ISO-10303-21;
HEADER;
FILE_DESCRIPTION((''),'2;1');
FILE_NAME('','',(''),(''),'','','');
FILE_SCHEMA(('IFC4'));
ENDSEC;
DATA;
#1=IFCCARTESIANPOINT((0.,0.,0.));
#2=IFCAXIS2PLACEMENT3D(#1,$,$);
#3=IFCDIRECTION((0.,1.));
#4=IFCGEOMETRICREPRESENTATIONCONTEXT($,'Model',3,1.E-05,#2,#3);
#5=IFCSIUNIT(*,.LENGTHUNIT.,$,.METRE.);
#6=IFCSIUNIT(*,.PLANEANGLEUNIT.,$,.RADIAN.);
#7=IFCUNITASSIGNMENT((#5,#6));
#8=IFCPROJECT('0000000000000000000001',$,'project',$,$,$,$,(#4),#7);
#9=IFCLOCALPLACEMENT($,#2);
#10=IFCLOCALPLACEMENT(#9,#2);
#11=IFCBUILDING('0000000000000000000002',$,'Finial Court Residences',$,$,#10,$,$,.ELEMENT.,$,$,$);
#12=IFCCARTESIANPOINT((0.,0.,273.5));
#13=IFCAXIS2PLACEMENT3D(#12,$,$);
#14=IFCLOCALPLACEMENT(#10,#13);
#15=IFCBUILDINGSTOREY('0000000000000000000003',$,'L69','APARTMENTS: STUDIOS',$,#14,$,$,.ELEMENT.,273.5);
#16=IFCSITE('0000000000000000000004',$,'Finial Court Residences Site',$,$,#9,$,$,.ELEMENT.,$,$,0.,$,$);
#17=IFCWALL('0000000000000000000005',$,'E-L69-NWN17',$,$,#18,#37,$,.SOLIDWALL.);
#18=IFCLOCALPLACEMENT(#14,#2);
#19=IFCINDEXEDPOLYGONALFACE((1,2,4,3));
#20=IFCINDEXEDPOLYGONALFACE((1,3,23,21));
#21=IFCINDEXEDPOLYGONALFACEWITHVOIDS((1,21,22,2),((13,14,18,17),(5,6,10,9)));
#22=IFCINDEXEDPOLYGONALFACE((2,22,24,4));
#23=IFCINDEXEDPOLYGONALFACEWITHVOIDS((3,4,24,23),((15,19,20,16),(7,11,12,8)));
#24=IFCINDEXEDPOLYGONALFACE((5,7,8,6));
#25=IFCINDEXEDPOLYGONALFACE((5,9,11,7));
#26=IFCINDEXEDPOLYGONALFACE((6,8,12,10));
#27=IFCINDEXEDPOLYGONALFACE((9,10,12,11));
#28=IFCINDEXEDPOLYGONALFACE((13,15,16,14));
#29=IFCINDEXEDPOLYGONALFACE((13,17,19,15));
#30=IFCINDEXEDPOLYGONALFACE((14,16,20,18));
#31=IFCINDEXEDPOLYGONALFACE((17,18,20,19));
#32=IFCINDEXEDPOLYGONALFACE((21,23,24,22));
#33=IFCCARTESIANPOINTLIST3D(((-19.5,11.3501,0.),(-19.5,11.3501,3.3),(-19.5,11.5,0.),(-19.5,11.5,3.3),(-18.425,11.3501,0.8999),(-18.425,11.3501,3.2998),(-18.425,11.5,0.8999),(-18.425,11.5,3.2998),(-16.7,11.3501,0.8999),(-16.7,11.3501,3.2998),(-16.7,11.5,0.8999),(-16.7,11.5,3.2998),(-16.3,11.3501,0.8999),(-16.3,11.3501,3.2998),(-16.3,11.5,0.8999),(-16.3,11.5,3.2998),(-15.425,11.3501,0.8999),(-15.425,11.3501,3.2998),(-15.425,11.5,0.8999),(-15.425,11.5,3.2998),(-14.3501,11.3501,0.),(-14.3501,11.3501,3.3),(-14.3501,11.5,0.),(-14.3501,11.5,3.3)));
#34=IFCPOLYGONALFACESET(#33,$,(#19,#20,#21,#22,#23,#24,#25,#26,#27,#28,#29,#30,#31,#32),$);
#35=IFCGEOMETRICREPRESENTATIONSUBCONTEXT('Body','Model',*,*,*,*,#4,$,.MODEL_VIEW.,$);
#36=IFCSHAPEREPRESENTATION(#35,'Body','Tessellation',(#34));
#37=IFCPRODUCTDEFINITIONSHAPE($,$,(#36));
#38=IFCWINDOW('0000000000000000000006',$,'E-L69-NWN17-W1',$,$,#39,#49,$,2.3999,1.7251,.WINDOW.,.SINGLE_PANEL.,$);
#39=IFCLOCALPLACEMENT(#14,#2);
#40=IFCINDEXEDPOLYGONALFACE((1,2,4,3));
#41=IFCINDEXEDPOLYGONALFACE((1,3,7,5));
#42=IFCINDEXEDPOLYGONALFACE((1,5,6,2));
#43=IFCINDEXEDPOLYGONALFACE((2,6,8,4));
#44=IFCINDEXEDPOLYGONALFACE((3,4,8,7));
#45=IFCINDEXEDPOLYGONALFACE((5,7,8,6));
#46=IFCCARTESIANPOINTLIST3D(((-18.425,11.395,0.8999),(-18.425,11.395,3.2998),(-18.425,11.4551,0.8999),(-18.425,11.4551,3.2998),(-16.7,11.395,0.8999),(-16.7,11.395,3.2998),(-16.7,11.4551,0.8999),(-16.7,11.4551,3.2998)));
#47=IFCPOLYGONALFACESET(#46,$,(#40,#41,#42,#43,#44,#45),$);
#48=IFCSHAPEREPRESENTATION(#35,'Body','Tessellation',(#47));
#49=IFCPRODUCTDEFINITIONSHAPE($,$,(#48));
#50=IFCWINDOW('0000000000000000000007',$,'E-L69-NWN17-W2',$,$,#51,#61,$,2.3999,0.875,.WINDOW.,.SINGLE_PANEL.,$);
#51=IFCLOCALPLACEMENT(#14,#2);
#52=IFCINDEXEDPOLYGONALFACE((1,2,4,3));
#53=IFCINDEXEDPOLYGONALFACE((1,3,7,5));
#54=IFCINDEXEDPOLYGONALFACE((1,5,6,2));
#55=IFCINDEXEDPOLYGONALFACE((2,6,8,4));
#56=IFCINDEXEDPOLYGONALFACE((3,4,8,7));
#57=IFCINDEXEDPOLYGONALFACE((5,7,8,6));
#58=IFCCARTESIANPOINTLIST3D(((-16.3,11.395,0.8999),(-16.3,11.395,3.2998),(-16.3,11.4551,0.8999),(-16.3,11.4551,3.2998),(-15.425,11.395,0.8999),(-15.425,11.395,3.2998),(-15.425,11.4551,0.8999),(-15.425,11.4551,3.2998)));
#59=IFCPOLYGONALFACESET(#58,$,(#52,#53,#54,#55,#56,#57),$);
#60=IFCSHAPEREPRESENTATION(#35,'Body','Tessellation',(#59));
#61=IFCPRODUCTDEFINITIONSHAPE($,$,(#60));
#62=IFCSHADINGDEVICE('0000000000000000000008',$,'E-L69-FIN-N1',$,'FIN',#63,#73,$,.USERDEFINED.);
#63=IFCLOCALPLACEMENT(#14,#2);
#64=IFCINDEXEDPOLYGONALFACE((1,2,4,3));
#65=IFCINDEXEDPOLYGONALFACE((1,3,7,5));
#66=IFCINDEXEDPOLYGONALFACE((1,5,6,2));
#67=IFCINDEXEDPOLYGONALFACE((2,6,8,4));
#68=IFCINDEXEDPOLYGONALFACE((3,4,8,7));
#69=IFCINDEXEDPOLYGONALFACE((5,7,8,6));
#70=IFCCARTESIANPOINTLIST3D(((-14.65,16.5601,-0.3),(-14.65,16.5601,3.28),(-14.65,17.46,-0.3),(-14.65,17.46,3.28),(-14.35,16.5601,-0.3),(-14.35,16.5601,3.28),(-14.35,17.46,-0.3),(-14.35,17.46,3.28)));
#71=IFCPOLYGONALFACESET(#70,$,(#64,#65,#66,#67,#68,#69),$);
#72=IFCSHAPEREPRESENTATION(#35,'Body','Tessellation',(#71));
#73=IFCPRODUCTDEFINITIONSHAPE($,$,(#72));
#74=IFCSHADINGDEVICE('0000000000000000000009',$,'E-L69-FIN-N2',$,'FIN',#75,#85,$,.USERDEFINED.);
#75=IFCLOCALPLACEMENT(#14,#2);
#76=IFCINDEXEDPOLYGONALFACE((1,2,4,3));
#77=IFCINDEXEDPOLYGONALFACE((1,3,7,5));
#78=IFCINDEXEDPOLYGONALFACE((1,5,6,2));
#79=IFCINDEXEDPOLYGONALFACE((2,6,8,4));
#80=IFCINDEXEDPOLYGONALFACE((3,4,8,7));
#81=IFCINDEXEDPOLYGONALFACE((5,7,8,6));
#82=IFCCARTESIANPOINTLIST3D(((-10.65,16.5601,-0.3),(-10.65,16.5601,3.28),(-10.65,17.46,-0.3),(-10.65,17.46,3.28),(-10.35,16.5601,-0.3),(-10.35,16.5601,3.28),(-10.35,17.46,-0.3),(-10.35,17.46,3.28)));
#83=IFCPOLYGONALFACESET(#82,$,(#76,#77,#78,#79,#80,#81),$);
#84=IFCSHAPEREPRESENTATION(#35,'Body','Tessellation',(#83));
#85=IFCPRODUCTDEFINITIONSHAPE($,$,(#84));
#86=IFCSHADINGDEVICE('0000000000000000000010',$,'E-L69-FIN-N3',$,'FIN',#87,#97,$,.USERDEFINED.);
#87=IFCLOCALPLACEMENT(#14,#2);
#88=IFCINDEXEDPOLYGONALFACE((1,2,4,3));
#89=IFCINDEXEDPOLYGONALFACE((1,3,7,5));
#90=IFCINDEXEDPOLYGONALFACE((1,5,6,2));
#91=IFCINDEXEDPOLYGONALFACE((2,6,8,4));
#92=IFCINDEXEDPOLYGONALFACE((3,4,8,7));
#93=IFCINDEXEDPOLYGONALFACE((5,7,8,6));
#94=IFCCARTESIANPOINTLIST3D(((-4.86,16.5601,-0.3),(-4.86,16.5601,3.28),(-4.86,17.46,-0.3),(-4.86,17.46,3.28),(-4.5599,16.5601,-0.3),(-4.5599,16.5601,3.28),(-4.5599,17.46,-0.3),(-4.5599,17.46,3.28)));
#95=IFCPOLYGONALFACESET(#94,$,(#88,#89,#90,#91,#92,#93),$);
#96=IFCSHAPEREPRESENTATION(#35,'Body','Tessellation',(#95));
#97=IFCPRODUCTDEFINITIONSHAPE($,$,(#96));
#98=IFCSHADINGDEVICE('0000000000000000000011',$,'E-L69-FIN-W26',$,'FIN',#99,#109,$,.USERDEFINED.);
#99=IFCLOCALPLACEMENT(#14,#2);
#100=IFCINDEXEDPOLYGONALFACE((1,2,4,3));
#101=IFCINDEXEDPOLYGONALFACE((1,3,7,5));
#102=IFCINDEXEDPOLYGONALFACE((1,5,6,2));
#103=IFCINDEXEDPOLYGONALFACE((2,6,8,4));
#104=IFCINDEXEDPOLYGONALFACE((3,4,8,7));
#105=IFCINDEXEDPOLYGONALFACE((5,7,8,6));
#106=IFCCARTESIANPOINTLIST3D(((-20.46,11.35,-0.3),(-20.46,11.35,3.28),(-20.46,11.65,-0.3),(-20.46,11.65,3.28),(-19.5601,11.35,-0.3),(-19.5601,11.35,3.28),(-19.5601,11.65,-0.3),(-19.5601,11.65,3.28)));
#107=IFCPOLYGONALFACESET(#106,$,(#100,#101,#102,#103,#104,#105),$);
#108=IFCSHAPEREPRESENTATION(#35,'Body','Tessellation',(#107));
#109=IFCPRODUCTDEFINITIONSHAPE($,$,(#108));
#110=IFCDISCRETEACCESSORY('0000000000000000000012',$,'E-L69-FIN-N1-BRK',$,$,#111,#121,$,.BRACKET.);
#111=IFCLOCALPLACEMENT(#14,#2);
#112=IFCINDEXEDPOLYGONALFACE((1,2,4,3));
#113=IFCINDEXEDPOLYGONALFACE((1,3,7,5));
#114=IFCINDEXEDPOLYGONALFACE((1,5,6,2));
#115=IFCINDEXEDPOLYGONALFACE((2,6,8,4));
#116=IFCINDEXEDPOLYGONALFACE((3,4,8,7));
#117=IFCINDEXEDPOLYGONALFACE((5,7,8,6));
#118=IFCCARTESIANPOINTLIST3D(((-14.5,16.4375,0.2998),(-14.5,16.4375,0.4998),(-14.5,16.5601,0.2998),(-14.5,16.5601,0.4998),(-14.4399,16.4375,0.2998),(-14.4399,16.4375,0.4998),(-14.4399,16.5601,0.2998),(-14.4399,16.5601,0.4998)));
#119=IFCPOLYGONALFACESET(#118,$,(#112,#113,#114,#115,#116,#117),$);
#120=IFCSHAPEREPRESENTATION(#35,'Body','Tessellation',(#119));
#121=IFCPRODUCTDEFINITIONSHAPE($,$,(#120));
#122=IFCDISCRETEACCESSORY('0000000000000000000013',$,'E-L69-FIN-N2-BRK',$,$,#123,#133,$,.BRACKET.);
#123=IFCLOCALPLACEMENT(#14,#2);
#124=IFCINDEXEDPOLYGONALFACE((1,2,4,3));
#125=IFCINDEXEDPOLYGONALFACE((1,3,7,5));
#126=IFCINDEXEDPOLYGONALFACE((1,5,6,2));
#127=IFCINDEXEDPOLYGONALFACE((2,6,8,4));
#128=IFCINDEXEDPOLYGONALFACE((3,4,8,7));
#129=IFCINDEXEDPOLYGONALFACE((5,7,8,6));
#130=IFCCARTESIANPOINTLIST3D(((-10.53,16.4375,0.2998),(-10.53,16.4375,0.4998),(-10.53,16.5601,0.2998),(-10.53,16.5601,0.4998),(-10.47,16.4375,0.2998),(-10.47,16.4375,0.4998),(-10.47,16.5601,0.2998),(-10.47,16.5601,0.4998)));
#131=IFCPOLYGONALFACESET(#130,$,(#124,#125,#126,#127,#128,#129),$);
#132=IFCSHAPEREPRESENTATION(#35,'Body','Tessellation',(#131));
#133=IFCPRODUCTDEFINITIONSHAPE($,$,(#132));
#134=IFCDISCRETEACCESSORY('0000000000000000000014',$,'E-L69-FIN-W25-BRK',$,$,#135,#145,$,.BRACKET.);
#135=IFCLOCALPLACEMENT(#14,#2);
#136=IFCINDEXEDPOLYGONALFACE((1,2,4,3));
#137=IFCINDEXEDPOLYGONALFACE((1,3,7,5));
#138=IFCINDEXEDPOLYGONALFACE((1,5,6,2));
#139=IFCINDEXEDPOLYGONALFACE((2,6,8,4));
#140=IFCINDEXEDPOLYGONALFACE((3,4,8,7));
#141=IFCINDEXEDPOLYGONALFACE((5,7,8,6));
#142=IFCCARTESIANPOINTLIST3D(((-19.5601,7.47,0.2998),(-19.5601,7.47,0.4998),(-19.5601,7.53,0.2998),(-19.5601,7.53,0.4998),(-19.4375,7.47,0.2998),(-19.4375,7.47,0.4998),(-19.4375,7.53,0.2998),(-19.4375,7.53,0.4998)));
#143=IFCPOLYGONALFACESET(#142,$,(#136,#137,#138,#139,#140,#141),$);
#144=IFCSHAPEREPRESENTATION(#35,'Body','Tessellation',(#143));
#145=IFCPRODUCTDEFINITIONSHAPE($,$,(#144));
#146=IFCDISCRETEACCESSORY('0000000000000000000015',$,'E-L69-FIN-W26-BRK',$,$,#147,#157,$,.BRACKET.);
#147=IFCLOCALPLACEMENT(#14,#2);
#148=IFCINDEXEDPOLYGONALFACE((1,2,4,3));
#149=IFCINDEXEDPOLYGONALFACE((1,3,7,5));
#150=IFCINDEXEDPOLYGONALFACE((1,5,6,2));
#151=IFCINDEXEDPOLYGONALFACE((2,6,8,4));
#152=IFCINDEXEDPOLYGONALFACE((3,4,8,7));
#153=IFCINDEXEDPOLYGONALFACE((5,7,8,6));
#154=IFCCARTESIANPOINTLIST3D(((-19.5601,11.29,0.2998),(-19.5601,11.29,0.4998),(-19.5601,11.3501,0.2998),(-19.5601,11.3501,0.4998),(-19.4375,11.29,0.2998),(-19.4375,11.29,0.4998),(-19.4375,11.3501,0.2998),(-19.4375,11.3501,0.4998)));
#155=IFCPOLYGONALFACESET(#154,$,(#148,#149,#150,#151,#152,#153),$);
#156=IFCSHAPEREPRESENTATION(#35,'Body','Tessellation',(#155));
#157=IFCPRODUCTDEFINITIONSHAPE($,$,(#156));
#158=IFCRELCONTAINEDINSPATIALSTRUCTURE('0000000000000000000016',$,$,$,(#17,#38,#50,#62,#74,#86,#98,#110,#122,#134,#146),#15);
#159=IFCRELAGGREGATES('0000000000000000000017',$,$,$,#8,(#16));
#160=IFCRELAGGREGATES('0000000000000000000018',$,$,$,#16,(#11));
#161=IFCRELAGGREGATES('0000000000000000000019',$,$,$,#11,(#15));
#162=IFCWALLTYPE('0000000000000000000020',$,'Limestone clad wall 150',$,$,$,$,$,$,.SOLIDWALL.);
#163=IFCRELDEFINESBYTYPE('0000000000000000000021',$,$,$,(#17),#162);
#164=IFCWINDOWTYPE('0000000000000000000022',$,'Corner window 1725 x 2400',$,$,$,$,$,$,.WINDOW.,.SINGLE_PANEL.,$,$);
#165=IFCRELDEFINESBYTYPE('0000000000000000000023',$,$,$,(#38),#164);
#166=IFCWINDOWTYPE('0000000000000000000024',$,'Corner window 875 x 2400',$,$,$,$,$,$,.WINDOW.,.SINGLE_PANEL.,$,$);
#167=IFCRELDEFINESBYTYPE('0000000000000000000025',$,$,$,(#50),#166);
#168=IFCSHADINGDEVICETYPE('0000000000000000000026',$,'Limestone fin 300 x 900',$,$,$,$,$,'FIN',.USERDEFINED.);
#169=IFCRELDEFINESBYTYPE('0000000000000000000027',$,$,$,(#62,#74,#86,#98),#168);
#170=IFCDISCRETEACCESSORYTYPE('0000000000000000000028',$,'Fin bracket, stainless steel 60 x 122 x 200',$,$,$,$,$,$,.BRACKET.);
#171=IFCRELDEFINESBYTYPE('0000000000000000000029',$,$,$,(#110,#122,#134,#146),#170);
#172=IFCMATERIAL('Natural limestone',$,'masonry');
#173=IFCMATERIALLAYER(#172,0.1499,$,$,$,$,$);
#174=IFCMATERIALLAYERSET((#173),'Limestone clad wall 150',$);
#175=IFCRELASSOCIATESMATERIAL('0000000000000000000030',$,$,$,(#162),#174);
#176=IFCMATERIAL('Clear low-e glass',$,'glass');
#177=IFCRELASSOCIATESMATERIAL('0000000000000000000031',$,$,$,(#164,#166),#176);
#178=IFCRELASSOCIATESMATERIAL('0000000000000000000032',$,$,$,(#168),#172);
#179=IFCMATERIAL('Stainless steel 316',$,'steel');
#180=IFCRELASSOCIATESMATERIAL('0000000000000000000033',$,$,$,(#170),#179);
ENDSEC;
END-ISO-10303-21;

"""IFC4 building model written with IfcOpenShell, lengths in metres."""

from ifc_helpers import new_model, si_unit, direction, frame, frame_2d, origin, origin_2d, place, context, subcontext, project, spatial, rectangle, extrude, material, layer, layer_set, type_object, element, fill, save


model = new_model("IFC4")

# Units and contexts
model_context = context("Model", 3, precision=1e-05, world=origin(), true_north=direction((0.0, 1.0)))
body_context = subcontext(model_context, "Body", "Model", "MODEL_VIEW")
ifc_project = project(units=[si_unit("LENGTHUNIT", "METRE"), si_unit("PLANEANGLEUNIT", "RADIAN")], contexts=[model_context])

# Site, building, storey
site_placement = place(None, origin())
site = spatial("IfcSite", under=ifc_project, at=site_placement, Name="Finial Court Residences Site", CompositionType="ELEMENT", RefElevation=0.0)
building_placement = place(site_placement, origin())
building = spatial("IfcBuilding", under=site, at=building_placement, Name="Finial Court Residences", CompositionType="ELEMENT")
storey_placement = place(building_placement, frame((0.0, 0.0, 273.5)))
storey = spatial("IfcBuildingStorey", under=building, at=storey_placement, Name="L69", Description="APARTMENTS: STUDIOS", CompositionType="ELEMENT", Elevation=273.5)

# Shared definitions
ifc_material_1 = material(Name="Clear low-e glass", Category="glass")

# Shared definitions
ifc_material_2 = material(Name="Natural limestone", Category="masonry")
ifc_layer_1 = layer(ifc_material_2, 0.1499)
ifc_layer_set_1 = layer_set([ifc_layer_1], Name="Limestone clad wall 150")
wall_type = type_object("IfcWallType", Name="Limestone clad wall 150", PredefinedType="SOLIDWALL", material=ifc_layer_set_1)

# Wall, openings, windows
wall_1_placement = place(storey_placement, frame((-19.5, 11.425, 0.0), z_axis=(0.0, 0.0, 1.0), x_axis=(1.0, 0.0, 0.0)))
wall_1 = element("IfcWall", 1, at=wall_1_placement, inside=storey, type_object=wall_type, Name="E-L69-NWN17", PredefinedType="SOLIDWALL", context=body_context, shape_type="SweptSolid", body=[
    extrude(rectangle(XDim=5.1499, YDim=0.1499, at=frame_2d((2.575, 0.0))), origin(), (0.0, 0.0, 1.0), 3.3),
])
opening_1_placement = place(wall_1_placement, frame((1.075, 0.0, 0.8999)))
opening_1 = element("IfcOpeningElement", 2, at=opening_1_placement, cuts=wall_1, PredefinedType="OPENING", context=body_context, shape_type="SweptSolid", body=[
    extrude(rectangle(XDim=1.7251, YDim=2.3999, at=frame_2d((0.8625, 1.2))), frame((0.0, 0.085, 0.0), z_axis=(0.0, -1.0, 0.0), x_axis=(1.0, 0.0, 0.0)), (0.0, 0.0, 1.0), 0.1699),
])
opening_2_placement = place(wall_1_placement, frame((3.2, 0.0, 0.8999)))
opening_2 = element("IfcOpeningElement", 3, at=opening_2_placement, cuts=wall_1, PredefinedType="OPENING", context=body_context, shape_type="SweptSolid", body=[
    extrude(rectangle(XDim=0.875, YDim=2.3999, at=frame_2d((0.4375, 1.2))), frame((0.0, 0.085, 0.0), z_axis=(0.0, -1.0, 0.0), x_axis=(1.0, 0.0, 0.0)), (0.0, 0.0, 1.0), 0.1699),
])
window_type_1 = type_object("IfcWindowType", Name="Corner window 1725 x 2400", PartitioningType="SINGLE_PANEL", PredefinedType="WINDOW", material=ifc_material_1)
window_1_placement = place(opening_1_placement, origin())
window_1 = element("IfcWindow", 4, at=window_1_placement, inside=storey, type_object=window_type_1, Name="E-L69-NWN17-W1", OverallHeight=2.3999, OverallWidth=1.7251, PartitioningType="SINGLE_PANEL", PredefinedType="WINDOW", context=body_context, shape_type="SweptSolid", body=[
    extrude(rectangle(XDim=1.7251, YDim=2.3999, at=frame_2d((0.8625, 1.2))), frame((0.0, 0.03, 0.0), z_axis=(0.0, -1.0, 0.0), x_axis=(1.0, 0.0, 0.0)), (0.0, 0.0, 1.0), 0.0601),
])
fill(opening_1, window_1)
window_type_2 = type_object("IfcWindowType", Name="Corner window 875 x 2400", PartitioningType="SINGLE_PANEL", PredefinedType="WINDOW", material=ifc_material_1)
window_2_placement = place(opening_2_placement, origin())
window_2 = element("IfcWindow", 5, at=window_2_placement, inside=storey, type_object=window_type_2, Name="E-L69-NWN17-W2", OverallHeight=2.3999, OverallWidth=0.875, PartitioningType="SINGLE_PANEL", PredefinedType="WINDOW", context=body_context, shape_type="SweptSolid", body=[
    extrude(rectangle(XDim=0.875, YDim=2.3999, at=frame_2d((0.4375, 1.2))), frame((0.0, 0.03, 0.0), z_axis=(0.0, -1.0, 0.0), x_axis=(1.0, 0.0, 0.0)), (0.0, 0.0, 1.0), 0.0601),
])
fill(opening_2, window_2)

# Shading devices
shading_device_type = type_object("IfcShadingDeviceType", Name="Limestone fin 300 x 900", ElementType="FIN", PredefinedType="USERDEFINED", material=ifc_material_2)
for number, where, z_axis, x_axis, name in (
    (6, (-14.5, 17.01, -0.3), (0.0, 0.0, 1.0), (1.0, 0.0, 0.0), "E-L69-FIN-N1"),
    (7, (-10.5, 17.01, -0.3), (0.0, 0.0, 1.0), (1.0, 0.0, 0.0), "E-L69-FIN-N2"),
    (8, (-4.71, 17.01, -0.3), (0.0, 0.0, 1.0), (1.0, 0.0, 0.0), "E-L69-FIN-N3"),
):
    element("IfcShadingDevice", number, at=place(storey_placement, frame(where, z_axis=z_axis, x_axis=x_axis)), inside=storey, type_object=shading_device_type, Name=name, ObjectType="FIN", PredefinedType="USERDEFINED", context=body_context, shape_type="SweptSolid", body=[
        extrude(rectangle(XDim=0.3, YDim=0.8999, at=origin_2d()), origin(), (0.0, 0.0, 1.0), 3.5801),
    ])
shading_device_placement = place(storey_placement, frame((-20.01, 11.5, -0.3), z_axis=(0.0, 0.0, 1.0), x_axis=(1.0, 0.0, 0.0)))
element("IfcShadingDevice", 9, at=shading_device_placement, inside=storey, type_object=shading_device_type, Name="E-L69-FIN-W26", ObjectType="FIN", PredefinedType="USERDEFINED", context=body_context, shape_type="SweptSolid", body=[
    extrude(rectangle(XDim=0.8999, YDim=0.3, at=origin_2d()), origin(), (0.0, 0.0, 1.0), 3.5801),
])

# Discrete accessories
ifc_material_3 = material(Name="Stainless steel 316", Category="steel")
discrete_accessory_type = type_object("IfcDiscreteAccessoryType", Name="Fin bracket, stainless steel 60 x 122 x 200", PredefinedType="BRACKET", material=ifc_material_3)
for number, where, z_axis, x_axis, name in (
    (10, (-14.47, 16.4988, 0.2998), (0.0, 0.0, 1.0), (1.0, 0.0, 0.0), "E-L69-FIN-N1-BRK"),
    (11, (-10.5, 16.4988, 0.2998), (0.0, 0.0, 1.0), (1.0, 0.0, 0.0), "E-L69-FIN-N2-BRK"),
):
    element("IfcDiscreteAccessory", number, at=place(storey_placement, frame(where, z_axis=z_axis, x_axis=x_axis)), inside=storey, type_object=discrete_accessory_type, Name=name, PredefinedType="BRACKET", context=body_context, shape_type="SweptSolid", body=[
        extrude(rectangle(XDim=0.0601, YDim=0.1226, at=origin_2d()), origin(), (0.0, 0.0, 1.0), 0.2),
    ])
for number, where, z_axis, x_axis, name in (
    (12, (-19.4988, 7.5, 0.2998), (0.0, 0.0, 1.0), (1.0, 0.0, 0.0), "E-L69-FIN-W25-BRK"),
    (13, (-19.4988, 11.3201, 0.2998), (0.0, 0.0, 1.0), (1.0, 0.0, 0.0), "E-L69-FIN-W26-BRK"),
):
    element("IfcDiscreteAccessory", number, at=place(storey_placement, frame(where, z_axis=z_axis, x_axis=x_axis)), inside=storey, type_object=discrete_accessory_type, Name=name, PredefinedType="BRACKET", context=body_context, shape_type="SweptSolid", body=[
        extrude(rectangle(XDim=0.1226, YDim=0.0601, at=origin_2d()), origin(), (0.0, 0.0, 1.0), 0.2),
    ])

save(model, "model.ifc")
